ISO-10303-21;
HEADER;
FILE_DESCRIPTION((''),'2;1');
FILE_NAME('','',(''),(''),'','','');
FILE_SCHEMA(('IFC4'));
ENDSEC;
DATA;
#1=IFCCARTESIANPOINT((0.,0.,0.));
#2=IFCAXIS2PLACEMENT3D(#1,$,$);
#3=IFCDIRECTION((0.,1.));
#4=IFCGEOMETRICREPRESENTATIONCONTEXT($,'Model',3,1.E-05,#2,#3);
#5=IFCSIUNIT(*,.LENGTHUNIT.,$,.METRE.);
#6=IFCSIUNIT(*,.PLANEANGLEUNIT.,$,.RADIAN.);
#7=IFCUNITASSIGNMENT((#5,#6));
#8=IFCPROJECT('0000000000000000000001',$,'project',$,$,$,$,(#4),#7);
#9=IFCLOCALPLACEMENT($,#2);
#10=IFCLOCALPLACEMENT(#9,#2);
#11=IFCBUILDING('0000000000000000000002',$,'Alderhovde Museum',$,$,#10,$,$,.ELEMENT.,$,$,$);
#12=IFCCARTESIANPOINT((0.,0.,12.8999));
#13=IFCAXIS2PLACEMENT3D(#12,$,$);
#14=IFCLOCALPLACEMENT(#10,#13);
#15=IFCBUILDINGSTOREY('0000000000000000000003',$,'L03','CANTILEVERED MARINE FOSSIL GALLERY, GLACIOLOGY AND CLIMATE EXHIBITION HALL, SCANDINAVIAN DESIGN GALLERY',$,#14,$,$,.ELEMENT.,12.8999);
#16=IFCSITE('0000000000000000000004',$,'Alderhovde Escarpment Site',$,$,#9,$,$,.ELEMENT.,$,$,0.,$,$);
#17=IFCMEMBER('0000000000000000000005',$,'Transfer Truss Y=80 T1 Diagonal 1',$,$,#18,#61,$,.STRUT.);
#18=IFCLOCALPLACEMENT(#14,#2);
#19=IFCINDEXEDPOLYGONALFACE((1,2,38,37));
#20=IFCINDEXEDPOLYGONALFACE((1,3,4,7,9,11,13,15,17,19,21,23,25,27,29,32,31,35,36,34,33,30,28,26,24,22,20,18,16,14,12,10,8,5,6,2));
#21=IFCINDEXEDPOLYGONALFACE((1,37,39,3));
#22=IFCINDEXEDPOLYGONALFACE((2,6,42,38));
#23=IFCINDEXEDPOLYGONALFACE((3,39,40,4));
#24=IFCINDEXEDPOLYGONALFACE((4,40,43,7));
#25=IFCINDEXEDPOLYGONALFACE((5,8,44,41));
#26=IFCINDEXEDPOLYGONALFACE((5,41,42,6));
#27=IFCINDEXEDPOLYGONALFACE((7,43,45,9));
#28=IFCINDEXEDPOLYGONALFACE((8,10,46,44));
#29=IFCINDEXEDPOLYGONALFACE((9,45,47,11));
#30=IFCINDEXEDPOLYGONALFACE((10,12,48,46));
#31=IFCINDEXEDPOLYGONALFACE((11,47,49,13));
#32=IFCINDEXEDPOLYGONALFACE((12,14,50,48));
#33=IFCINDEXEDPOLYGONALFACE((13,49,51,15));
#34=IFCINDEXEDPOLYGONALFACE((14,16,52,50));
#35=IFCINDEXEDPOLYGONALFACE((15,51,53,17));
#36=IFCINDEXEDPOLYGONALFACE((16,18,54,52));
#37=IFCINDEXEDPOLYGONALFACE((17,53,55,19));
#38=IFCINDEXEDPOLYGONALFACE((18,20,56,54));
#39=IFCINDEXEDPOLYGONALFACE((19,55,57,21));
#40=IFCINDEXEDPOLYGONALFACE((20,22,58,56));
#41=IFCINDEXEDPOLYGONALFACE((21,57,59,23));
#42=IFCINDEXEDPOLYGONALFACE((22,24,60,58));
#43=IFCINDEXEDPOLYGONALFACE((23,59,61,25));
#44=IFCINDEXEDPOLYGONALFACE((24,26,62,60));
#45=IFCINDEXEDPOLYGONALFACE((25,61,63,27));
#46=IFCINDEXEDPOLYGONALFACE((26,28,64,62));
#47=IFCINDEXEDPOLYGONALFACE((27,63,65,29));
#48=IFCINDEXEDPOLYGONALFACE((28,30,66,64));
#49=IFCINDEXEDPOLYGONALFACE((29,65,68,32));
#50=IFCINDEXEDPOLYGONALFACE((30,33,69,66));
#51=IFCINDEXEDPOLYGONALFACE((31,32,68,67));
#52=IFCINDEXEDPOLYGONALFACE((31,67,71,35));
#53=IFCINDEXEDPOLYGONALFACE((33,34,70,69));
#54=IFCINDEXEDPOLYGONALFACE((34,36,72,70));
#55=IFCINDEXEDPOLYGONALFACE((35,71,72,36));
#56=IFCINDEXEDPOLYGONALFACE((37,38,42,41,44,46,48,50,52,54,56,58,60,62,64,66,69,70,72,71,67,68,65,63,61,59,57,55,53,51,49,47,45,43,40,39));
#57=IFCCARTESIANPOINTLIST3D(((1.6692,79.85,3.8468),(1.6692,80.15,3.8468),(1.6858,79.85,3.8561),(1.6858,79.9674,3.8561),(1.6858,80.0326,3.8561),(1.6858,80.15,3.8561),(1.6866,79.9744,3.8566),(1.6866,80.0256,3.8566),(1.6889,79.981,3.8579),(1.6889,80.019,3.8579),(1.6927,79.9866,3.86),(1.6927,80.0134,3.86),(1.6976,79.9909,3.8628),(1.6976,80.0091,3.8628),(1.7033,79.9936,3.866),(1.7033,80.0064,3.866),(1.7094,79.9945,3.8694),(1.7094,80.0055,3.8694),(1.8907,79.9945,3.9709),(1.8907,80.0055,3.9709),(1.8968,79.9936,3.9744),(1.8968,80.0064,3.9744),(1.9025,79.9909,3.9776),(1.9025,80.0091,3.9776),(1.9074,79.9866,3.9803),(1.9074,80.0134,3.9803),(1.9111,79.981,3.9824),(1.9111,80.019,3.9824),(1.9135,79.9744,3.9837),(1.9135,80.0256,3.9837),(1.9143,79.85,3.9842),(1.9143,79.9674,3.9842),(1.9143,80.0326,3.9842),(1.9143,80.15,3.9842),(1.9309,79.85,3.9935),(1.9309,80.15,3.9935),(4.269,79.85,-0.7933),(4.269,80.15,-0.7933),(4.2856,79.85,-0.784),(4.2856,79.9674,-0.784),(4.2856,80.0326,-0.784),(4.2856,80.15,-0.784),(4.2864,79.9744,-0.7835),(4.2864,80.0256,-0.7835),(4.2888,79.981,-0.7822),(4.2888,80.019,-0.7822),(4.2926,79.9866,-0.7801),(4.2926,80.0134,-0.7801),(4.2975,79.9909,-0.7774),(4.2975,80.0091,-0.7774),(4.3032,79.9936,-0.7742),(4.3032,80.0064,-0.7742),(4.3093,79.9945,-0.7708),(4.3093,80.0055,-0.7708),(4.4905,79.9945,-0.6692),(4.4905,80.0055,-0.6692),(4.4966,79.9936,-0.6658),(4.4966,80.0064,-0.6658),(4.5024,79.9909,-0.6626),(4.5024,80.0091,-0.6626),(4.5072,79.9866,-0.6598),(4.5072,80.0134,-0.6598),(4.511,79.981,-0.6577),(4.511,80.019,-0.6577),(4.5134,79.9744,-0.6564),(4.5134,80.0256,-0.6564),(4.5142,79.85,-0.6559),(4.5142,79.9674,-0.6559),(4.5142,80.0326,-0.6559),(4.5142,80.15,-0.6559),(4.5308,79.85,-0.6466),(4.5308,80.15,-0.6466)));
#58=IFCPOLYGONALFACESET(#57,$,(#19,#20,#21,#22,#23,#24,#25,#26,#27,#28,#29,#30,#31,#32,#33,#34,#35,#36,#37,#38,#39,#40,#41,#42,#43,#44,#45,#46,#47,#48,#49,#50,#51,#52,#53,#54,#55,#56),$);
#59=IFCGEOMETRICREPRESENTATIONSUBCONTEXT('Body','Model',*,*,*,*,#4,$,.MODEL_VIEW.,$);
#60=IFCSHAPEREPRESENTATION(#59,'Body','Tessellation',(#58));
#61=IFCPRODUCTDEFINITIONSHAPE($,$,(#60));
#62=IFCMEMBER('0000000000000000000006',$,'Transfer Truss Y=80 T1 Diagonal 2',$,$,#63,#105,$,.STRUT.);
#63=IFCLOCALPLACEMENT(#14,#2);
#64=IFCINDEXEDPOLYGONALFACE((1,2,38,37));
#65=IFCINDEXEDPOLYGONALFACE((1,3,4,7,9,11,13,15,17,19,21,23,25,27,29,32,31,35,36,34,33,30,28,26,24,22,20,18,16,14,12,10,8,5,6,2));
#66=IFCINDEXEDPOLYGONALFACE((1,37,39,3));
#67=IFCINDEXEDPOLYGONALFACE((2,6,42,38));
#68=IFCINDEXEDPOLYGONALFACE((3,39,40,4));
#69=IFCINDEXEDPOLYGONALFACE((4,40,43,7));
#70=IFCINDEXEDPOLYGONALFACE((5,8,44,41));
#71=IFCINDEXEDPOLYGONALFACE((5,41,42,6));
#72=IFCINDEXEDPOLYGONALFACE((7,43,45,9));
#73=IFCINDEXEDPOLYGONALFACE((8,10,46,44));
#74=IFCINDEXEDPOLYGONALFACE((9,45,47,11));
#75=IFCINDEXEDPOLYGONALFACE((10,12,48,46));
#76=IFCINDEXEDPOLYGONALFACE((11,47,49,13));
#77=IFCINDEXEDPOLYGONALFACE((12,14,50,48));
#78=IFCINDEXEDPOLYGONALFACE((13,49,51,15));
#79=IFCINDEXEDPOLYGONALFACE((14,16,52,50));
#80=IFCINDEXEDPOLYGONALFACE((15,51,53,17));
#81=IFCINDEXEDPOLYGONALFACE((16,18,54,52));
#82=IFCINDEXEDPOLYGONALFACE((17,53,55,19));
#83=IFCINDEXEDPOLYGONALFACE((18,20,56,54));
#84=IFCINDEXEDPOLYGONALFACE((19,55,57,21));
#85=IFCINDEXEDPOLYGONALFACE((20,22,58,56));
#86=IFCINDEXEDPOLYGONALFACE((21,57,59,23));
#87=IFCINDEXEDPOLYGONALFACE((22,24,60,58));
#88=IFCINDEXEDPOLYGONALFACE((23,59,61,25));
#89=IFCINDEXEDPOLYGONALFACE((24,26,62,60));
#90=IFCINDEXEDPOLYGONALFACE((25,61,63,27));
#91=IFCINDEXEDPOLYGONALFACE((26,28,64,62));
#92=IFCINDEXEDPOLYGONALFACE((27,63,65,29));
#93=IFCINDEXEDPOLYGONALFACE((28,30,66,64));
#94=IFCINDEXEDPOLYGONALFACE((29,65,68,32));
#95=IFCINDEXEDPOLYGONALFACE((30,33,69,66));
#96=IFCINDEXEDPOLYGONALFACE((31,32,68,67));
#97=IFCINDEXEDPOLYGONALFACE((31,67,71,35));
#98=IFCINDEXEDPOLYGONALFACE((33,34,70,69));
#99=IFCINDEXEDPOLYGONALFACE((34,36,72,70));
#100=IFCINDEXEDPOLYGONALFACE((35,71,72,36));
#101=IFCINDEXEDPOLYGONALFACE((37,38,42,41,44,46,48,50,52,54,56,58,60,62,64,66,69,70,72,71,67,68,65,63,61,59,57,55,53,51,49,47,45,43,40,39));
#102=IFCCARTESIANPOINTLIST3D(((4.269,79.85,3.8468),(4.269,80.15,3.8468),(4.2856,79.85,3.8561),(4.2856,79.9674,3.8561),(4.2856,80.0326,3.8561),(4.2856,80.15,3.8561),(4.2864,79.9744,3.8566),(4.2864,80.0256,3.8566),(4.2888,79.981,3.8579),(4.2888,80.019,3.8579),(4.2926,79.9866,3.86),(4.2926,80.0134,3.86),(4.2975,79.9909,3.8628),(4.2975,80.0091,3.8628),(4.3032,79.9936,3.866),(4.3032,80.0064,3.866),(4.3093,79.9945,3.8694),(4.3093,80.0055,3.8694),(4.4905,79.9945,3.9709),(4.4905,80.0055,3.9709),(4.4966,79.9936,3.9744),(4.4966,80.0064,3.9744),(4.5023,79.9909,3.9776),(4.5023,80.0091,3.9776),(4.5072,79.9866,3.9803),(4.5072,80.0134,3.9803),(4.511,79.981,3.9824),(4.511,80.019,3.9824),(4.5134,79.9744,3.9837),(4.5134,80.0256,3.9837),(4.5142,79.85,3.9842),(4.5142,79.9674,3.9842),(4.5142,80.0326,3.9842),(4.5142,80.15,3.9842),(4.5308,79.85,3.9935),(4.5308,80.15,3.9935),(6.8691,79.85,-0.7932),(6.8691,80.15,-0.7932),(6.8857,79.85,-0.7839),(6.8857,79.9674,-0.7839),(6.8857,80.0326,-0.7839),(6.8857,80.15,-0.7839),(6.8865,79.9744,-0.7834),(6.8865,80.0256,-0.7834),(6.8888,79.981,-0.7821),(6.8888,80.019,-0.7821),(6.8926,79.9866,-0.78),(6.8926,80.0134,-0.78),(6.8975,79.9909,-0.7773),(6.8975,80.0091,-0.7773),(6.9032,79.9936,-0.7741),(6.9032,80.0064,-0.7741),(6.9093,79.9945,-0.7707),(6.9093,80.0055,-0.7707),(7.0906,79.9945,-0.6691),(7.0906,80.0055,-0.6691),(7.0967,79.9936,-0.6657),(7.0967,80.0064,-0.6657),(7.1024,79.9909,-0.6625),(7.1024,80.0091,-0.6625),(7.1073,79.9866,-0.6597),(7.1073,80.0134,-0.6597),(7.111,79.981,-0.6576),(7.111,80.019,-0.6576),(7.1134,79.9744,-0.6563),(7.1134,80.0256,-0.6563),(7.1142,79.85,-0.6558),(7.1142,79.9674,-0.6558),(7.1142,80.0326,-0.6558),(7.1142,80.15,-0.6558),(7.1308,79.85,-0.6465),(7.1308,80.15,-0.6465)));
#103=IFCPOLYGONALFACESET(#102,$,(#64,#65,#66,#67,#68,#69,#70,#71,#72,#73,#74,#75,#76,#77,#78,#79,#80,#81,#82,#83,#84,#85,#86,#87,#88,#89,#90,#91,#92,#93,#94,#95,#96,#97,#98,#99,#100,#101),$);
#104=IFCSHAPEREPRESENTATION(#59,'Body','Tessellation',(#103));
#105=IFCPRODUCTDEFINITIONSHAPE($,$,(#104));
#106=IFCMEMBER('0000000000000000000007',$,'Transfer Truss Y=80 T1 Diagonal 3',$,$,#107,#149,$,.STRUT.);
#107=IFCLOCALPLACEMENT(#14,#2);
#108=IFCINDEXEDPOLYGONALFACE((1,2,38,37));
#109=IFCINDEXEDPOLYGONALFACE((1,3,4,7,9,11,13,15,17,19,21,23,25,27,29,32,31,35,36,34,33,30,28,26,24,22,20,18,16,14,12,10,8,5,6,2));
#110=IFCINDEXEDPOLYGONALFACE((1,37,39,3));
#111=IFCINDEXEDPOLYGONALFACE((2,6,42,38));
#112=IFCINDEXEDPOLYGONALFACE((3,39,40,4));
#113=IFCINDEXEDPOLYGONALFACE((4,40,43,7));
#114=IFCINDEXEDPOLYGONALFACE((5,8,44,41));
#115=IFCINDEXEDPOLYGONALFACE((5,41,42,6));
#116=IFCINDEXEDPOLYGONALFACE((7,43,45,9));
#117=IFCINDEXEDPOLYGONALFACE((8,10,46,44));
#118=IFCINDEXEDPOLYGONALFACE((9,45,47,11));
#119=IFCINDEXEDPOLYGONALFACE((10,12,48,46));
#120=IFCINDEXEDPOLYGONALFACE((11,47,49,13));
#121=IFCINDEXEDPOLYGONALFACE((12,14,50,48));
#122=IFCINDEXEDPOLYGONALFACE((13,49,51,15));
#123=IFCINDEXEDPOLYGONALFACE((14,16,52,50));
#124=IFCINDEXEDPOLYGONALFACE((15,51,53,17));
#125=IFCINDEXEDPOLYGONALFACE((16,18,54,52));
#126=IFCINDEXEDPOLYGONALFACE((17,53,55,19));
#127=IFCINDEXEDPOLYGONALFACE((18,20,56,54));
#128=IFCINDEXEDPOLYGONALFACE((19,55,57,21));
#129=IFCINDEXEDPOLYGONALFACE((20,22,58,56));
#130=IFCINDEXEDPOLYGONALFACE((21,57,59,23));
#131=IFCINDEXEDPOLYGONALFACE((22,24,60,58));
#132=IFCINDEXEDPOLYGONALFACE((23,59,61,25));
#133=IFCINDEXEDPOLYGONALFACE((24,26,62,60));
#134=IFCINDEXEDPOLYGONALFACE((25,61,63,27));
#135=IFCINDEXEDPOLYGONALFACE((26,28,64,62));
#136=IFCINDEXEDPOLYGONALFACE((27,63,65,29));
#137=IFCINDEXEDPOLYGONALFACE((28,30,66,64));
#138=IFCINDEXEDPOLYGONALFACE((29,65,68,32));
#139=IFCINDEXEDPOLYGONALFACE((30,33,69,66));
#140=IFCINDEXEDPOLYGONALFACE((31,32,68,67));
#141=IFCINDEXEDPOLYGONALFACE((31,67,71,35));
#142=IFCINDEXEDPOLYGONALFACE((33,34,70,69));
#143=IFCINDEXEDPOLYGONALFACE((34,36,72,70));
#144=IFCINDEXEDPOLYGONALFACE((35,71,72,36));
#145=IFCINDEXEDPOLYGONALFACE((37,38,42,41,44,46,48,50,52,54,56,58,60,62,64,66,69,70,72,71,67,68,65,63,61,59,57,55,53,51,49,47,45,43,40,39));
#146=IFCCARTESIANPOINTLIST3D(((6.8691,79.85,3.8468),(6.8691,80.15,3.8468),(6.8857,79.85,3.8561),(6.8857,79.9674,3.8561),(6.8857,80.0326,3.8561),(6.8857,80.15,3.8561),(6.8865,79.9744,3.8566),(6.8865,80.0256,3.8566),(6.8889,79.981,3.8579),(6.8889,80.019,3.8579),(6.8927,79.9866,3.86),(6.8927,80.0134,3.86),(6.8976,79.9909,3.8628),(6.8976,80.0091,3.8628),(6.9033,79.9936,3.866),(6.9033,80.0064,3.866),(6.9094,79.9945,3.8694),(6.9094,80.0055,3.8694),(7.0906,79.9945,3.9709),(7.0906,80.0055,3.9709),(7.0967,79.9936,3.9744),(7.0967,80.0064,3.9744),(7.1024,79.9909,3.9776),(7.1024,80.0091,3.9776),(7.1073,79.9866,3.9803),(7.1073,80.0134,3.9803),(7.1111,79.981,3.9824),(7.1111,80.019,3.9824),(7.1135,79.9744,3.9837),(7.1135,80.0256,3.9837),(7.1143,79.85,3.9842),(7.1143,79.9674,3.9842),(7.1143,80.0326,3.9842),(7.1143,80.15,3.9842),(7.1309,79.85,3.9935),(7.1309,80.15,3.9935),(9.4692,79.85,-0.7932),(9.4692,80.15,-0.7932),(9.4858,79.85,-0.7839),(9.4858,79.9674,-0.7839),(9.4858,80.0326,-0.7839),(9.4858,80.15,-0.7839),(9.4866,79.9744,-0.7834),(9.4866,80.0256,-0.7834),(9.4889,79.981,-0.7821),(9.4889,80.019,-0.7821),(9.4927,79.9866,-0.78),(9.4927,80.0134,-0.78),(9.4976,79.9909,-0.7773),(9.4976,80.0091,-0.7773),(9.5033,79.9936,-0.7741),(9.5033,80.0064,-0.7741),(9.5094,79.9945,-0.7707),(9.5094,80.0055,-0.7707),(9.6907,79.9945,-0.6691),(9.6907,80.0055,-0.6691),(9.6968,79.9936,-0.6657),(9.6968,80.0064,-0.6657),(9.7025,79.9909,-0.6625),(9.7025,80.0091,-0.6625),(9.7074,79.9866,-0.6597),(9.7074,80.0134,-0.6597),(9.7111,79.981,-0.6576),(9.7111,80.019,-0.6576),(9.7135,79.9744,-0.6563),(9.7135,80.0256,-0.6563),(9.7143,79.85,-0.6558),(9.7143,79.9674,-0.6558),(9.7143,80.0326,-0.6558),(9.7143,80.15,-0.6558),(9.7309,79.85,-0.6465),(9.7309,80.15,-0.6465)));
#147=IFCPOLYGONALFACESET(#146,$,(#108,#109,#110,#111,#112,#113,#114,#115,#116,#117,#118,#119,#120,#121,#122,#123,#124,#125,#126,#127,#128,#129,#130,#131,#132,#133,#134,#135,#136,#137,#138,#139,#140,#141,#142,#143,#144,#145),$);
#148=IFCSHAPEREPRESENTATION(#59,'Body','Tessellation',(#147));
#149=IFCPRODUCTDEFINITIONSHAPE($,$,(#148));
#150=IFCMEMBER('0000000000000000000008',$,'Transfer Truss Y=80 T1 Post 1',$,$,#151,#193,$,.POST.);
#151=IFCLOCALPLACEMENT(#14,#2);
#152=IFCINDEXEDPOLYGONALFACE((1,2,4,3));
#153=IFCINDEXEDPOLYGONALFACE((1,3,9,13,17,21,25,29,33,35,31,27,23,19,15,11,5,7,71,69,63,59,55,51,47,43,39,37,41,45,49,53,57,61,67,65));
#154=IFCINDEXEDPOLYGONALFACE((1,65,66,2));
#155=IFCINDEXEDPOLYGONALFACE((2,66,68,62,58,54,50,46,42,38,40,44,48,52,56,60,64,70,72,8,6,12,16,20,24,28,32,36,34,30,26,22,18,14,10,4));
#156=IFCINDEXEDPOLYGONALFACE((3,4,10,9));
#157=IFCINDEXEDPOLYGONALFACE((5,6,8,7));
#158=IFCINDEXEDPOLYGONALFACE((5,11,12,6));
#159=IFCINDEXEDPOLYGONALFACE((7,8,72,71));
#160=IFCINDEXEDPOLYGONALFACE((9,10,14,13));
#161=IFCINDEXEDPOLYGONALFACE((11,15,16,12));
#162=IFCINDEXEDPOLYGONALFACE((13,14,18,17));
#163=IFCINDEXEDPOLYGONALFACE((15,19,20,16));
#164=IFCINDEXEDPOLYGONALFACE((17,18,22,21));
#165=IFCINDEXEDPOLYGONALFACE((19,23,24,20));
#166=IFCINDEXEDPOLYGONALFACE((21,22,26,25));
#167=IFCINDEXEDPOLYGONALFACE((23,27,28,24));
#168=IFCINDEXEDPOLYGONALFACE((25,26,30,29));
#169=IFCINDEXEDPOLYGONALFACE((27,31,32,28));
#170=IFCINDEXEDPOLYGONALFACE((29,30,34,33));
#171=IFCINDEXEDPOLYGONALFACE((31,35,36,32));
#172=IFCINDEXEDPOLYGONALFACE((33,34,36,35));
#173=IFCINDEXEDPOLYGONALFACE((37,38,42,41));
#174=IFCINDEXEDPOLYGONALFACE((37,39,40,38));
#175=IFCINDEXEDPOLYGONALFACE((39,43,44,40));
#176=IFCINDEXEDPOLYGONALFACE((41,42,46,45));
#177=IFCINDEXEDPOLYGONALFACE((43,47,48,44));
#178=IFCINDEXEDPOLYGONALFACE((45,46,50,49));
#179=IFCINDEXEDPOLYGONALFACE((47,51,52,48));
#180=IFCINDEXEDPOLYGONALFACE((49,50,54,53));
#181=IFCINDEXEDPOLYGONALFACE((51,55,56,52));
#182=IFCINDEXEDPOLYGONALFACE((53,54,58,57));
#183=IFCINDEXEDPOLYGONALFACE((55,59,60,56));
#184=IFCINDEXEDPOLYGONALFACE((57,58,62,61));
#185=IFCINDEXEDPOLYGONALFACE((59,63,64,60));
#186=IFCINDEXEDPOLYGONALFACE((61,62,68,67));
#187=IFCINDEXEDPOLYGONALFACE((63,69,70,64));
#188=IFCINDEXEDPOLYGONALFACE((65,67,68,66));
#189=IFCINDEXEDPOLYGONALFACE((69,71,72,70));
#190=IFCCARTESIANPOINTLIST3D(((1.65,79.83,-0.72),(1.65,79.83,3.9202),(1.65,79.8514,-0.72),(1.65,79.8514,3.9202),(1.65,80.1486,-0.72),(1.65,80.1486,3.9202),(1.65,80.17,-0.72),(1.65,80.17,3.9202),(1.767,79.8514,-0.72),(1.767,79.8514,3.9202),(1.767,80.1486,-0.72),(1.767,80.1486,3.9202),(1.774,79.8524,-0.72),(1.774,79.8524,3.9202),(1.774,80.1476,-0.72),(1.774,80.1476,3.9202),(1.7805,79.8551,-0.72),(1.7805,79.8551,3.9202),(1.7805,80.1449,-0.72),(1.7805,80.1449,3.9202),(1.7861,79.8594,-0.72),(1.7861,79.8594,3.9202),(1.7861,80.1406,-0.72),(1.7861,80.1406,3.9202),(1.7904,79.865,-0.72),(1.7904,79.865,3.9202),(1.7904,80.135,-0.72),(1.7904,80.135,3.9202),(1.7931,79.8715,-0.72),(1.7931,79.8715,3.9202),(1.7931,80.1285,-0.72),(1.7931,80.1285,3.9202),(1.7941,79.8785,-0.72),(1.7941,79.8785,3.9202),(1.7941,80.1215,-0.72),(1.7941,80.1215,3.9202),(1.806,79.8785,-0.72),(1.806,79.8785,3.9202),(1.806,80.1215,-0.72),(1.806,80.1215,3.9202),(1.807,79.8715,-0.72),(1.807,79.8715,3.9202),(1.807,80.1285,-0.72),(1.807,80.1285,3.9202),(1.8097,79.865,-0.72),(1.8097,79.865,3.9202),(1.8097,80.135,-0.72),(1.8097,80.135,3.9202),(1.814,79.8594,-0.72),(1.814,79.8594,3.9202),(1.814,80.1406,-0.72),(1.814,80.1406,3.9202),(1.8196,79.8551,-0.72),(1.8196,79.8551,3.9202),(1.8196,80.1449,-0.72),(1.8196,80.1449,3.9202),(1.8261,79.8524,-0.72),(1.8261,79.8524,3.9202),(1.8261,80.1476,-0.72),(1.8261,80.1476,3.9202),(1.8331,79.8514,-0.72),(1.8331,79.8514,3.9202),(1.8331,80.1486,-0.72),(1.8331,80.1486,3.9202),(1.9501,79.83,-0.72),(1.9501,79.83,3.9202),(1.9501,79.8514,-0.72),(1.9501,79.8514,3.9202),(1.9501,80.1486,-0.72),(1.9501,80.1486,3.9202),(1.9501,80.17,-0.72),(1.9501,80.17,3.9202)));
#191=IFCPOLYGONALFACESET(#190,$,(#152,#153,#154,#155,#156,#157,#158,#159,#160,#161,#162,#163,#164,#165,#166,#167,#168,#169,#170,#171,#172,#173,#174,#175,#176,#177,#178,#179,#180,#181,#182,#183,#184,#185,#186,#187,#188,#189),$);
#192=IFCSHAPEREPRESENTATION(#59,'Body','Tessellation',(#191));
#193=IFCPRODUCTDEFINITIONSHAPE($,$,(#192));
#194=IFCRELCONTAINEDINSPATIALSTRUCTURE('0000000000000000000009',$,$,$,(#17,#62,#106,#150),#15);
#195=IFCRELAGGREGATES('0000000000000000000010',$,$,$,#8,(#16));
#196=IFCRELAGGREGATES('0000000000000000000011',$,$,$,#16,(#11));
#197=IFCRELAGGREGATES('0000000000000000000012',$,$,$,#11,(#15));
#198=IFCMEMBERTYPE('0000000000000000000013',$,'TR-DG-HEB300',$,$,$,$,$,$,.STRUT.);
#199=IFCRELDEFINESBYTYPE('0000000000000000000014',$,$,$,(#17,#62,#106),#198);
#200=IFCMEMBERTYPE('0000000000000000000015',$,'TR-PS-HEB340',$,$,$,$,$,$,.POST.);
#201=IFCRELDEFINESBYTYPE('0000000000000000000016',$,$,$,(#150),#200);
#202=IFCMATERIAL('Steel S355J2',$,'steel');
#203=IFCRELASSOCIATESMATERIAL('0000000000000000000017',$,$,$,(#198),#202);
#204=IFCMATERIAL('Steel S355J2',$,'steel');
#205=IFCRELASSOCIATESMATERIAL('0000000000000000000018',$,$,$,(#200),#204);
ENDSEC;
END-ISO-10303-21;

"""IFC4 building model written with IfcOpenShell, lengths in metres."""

from ifc_helpers import new_model, si_unit, direction, frame, origin, origin_2d, place, context, subcontext, project, spatial, i_section, extrude, material, material_profile, profile_set, type_object, element, save


model = new_model("IFC4")

# Units and contexts
model_context = context("Model", 3, precision=1e-05, world=origin(), true_north=direction((0.0, 1.0)))
body_context = subcontext(model_context, "Body", "Model", "MODEL_VIEW")
ifc_project = project(units=[si_unit("LENGTHUNIT", "METRE"), si_unit("PLANEANGLEUNIT", "RADIAN")], contexts=[model_context])

# Site, building, storey
site_placement = place(None, origin())
site = spatial("IfcSite", under=ifc_project, at=site_placement, Name="Alderhovde Escarpment Site", CompositionType="ELEMENT", RefElevation=0.0)
building_placement = place(site_placement, origin())
building = spatial("IfcBuilding", under=site, at=building_placement, Name="Alderhovde Museum", CompositionType="ELEMENT")
storey_placement = place(building_placement, frame((0.0, 0.0, 12.8999)))
storey = spatial("IfcBuildingStorey", under=building, at=storey_placement, Name="L03", Description="CANTILEVERED MARINE FOSSIL GALLERY, GLACIOLOGY AND CLIMATE EXHIBITION HALL, SCANDINAVIAN DESIGN GALLERY", CompositionType="ELEMENT", Elevation=12.8999)

# Members
ifc_material_1 = material(Name="Steel S355J2", Category="steel")
ifc_material_profile_1 = material_profile(ifc_material_1, i_section(OverallWidth=0.3, OverallDepth=0.3, WebThickness=0.011, FlangeThickness=0.019, FilletRadius=0.0271, at=origin_2d()), Name="HEB 300")
ifc_profile_set_1 = profile_set([ifc_material_profile_1], Name="Steel S355J2")
member_type_1 = type_object("IfcMemberType", Name="TR-DG-HEB300", PredefinedType="STRUT", material=ifc_profile_set_1)
for number, where, z_axis, x_axis, name in (
    (1, (1.8, 80.0, 3.9202), (0.4888, 0.0, -0.872396), (0.0, 1.0, 0.0), "Transfer Truss Y=80 T1 Diagonal 1"),
    (2, (4.3999, 80.0, 3.9202), (0.488835, 0.0, -0.872376), (0.0, 1.0, 0.0), "Transfer Truss Y=80 T1 Diagonal 2"),
    (3, (7.0, 80.0, 3.9202), (0.488835, 0.0, -0.872376), (0.0, 1.0, 0.0), "Transfer Truss Y=80 T1 Diagonal 3"),
):
    element("IfcMember", number, at=place(storey_placement, frame(where, z_axis=z_axis, x_axis=x_axis)), inside=storey, type_object=member_type_1, Name=name, PredefinedType="STRUT", context=body_context, shape_type="SweptSolid", body=[
        extrude(i_section(OverallWidth=0.3, OverallDepth=0.3, WebThickness=0.011, FlangeThickness=0.019, FilletRadius=0.0271, at=origin_2d()), origin(), (0.0, 0.0, 1.0), 5.3188),
    ])
ifc_material_2 = material(Name="Steel S355J2", Category="steel")
ifc_material_profile_2 = material_profile(ifc_material_2, i_section(OverallWidth=0.3, OverallDepth=0.3401, WebThickness=0.012, FlangeThickness=0.0215, FilletRadius=0.0271, at=origin_2d()), Name="HEB 340")
ifc_profile_set_2 = profile_set([ifc_material_profile_2], Name="Steel S355J2")
member_type_2 = type_object("IfcMemberType", Name="TR-PS-HEB340", PredefinedType="POST", material=ifc_profile_set_2)
for number, where, z_axis, x_axis, name in (
    (4, (1.8, 80.0, -0.72), (0.0, 0.0, 1.0), (1.0, 0.0, 0.0), "Transfer Truss Y=80 T1 Post 1"),
):
    element("IfcMember", number, at=place(storey_placement, frame(where, z_axis=z_axis, x_axis=x_axis)), inside=storey, type_object=member_type_2, Name=name, PredefinedType="POST", context=body_context, shape_type="SweptSolid", body=[
        extrude(i_section(OverallWidth=0.3, OverallDepth=0.3401, WebThickness=0.012, FlangeThickness=0.0215, FilletRadius=0.0271, at=origin_2d()), origin(), (0.0, 0.0, 1.0), 4.6401),
    ])

save(model, "model.ifc")
